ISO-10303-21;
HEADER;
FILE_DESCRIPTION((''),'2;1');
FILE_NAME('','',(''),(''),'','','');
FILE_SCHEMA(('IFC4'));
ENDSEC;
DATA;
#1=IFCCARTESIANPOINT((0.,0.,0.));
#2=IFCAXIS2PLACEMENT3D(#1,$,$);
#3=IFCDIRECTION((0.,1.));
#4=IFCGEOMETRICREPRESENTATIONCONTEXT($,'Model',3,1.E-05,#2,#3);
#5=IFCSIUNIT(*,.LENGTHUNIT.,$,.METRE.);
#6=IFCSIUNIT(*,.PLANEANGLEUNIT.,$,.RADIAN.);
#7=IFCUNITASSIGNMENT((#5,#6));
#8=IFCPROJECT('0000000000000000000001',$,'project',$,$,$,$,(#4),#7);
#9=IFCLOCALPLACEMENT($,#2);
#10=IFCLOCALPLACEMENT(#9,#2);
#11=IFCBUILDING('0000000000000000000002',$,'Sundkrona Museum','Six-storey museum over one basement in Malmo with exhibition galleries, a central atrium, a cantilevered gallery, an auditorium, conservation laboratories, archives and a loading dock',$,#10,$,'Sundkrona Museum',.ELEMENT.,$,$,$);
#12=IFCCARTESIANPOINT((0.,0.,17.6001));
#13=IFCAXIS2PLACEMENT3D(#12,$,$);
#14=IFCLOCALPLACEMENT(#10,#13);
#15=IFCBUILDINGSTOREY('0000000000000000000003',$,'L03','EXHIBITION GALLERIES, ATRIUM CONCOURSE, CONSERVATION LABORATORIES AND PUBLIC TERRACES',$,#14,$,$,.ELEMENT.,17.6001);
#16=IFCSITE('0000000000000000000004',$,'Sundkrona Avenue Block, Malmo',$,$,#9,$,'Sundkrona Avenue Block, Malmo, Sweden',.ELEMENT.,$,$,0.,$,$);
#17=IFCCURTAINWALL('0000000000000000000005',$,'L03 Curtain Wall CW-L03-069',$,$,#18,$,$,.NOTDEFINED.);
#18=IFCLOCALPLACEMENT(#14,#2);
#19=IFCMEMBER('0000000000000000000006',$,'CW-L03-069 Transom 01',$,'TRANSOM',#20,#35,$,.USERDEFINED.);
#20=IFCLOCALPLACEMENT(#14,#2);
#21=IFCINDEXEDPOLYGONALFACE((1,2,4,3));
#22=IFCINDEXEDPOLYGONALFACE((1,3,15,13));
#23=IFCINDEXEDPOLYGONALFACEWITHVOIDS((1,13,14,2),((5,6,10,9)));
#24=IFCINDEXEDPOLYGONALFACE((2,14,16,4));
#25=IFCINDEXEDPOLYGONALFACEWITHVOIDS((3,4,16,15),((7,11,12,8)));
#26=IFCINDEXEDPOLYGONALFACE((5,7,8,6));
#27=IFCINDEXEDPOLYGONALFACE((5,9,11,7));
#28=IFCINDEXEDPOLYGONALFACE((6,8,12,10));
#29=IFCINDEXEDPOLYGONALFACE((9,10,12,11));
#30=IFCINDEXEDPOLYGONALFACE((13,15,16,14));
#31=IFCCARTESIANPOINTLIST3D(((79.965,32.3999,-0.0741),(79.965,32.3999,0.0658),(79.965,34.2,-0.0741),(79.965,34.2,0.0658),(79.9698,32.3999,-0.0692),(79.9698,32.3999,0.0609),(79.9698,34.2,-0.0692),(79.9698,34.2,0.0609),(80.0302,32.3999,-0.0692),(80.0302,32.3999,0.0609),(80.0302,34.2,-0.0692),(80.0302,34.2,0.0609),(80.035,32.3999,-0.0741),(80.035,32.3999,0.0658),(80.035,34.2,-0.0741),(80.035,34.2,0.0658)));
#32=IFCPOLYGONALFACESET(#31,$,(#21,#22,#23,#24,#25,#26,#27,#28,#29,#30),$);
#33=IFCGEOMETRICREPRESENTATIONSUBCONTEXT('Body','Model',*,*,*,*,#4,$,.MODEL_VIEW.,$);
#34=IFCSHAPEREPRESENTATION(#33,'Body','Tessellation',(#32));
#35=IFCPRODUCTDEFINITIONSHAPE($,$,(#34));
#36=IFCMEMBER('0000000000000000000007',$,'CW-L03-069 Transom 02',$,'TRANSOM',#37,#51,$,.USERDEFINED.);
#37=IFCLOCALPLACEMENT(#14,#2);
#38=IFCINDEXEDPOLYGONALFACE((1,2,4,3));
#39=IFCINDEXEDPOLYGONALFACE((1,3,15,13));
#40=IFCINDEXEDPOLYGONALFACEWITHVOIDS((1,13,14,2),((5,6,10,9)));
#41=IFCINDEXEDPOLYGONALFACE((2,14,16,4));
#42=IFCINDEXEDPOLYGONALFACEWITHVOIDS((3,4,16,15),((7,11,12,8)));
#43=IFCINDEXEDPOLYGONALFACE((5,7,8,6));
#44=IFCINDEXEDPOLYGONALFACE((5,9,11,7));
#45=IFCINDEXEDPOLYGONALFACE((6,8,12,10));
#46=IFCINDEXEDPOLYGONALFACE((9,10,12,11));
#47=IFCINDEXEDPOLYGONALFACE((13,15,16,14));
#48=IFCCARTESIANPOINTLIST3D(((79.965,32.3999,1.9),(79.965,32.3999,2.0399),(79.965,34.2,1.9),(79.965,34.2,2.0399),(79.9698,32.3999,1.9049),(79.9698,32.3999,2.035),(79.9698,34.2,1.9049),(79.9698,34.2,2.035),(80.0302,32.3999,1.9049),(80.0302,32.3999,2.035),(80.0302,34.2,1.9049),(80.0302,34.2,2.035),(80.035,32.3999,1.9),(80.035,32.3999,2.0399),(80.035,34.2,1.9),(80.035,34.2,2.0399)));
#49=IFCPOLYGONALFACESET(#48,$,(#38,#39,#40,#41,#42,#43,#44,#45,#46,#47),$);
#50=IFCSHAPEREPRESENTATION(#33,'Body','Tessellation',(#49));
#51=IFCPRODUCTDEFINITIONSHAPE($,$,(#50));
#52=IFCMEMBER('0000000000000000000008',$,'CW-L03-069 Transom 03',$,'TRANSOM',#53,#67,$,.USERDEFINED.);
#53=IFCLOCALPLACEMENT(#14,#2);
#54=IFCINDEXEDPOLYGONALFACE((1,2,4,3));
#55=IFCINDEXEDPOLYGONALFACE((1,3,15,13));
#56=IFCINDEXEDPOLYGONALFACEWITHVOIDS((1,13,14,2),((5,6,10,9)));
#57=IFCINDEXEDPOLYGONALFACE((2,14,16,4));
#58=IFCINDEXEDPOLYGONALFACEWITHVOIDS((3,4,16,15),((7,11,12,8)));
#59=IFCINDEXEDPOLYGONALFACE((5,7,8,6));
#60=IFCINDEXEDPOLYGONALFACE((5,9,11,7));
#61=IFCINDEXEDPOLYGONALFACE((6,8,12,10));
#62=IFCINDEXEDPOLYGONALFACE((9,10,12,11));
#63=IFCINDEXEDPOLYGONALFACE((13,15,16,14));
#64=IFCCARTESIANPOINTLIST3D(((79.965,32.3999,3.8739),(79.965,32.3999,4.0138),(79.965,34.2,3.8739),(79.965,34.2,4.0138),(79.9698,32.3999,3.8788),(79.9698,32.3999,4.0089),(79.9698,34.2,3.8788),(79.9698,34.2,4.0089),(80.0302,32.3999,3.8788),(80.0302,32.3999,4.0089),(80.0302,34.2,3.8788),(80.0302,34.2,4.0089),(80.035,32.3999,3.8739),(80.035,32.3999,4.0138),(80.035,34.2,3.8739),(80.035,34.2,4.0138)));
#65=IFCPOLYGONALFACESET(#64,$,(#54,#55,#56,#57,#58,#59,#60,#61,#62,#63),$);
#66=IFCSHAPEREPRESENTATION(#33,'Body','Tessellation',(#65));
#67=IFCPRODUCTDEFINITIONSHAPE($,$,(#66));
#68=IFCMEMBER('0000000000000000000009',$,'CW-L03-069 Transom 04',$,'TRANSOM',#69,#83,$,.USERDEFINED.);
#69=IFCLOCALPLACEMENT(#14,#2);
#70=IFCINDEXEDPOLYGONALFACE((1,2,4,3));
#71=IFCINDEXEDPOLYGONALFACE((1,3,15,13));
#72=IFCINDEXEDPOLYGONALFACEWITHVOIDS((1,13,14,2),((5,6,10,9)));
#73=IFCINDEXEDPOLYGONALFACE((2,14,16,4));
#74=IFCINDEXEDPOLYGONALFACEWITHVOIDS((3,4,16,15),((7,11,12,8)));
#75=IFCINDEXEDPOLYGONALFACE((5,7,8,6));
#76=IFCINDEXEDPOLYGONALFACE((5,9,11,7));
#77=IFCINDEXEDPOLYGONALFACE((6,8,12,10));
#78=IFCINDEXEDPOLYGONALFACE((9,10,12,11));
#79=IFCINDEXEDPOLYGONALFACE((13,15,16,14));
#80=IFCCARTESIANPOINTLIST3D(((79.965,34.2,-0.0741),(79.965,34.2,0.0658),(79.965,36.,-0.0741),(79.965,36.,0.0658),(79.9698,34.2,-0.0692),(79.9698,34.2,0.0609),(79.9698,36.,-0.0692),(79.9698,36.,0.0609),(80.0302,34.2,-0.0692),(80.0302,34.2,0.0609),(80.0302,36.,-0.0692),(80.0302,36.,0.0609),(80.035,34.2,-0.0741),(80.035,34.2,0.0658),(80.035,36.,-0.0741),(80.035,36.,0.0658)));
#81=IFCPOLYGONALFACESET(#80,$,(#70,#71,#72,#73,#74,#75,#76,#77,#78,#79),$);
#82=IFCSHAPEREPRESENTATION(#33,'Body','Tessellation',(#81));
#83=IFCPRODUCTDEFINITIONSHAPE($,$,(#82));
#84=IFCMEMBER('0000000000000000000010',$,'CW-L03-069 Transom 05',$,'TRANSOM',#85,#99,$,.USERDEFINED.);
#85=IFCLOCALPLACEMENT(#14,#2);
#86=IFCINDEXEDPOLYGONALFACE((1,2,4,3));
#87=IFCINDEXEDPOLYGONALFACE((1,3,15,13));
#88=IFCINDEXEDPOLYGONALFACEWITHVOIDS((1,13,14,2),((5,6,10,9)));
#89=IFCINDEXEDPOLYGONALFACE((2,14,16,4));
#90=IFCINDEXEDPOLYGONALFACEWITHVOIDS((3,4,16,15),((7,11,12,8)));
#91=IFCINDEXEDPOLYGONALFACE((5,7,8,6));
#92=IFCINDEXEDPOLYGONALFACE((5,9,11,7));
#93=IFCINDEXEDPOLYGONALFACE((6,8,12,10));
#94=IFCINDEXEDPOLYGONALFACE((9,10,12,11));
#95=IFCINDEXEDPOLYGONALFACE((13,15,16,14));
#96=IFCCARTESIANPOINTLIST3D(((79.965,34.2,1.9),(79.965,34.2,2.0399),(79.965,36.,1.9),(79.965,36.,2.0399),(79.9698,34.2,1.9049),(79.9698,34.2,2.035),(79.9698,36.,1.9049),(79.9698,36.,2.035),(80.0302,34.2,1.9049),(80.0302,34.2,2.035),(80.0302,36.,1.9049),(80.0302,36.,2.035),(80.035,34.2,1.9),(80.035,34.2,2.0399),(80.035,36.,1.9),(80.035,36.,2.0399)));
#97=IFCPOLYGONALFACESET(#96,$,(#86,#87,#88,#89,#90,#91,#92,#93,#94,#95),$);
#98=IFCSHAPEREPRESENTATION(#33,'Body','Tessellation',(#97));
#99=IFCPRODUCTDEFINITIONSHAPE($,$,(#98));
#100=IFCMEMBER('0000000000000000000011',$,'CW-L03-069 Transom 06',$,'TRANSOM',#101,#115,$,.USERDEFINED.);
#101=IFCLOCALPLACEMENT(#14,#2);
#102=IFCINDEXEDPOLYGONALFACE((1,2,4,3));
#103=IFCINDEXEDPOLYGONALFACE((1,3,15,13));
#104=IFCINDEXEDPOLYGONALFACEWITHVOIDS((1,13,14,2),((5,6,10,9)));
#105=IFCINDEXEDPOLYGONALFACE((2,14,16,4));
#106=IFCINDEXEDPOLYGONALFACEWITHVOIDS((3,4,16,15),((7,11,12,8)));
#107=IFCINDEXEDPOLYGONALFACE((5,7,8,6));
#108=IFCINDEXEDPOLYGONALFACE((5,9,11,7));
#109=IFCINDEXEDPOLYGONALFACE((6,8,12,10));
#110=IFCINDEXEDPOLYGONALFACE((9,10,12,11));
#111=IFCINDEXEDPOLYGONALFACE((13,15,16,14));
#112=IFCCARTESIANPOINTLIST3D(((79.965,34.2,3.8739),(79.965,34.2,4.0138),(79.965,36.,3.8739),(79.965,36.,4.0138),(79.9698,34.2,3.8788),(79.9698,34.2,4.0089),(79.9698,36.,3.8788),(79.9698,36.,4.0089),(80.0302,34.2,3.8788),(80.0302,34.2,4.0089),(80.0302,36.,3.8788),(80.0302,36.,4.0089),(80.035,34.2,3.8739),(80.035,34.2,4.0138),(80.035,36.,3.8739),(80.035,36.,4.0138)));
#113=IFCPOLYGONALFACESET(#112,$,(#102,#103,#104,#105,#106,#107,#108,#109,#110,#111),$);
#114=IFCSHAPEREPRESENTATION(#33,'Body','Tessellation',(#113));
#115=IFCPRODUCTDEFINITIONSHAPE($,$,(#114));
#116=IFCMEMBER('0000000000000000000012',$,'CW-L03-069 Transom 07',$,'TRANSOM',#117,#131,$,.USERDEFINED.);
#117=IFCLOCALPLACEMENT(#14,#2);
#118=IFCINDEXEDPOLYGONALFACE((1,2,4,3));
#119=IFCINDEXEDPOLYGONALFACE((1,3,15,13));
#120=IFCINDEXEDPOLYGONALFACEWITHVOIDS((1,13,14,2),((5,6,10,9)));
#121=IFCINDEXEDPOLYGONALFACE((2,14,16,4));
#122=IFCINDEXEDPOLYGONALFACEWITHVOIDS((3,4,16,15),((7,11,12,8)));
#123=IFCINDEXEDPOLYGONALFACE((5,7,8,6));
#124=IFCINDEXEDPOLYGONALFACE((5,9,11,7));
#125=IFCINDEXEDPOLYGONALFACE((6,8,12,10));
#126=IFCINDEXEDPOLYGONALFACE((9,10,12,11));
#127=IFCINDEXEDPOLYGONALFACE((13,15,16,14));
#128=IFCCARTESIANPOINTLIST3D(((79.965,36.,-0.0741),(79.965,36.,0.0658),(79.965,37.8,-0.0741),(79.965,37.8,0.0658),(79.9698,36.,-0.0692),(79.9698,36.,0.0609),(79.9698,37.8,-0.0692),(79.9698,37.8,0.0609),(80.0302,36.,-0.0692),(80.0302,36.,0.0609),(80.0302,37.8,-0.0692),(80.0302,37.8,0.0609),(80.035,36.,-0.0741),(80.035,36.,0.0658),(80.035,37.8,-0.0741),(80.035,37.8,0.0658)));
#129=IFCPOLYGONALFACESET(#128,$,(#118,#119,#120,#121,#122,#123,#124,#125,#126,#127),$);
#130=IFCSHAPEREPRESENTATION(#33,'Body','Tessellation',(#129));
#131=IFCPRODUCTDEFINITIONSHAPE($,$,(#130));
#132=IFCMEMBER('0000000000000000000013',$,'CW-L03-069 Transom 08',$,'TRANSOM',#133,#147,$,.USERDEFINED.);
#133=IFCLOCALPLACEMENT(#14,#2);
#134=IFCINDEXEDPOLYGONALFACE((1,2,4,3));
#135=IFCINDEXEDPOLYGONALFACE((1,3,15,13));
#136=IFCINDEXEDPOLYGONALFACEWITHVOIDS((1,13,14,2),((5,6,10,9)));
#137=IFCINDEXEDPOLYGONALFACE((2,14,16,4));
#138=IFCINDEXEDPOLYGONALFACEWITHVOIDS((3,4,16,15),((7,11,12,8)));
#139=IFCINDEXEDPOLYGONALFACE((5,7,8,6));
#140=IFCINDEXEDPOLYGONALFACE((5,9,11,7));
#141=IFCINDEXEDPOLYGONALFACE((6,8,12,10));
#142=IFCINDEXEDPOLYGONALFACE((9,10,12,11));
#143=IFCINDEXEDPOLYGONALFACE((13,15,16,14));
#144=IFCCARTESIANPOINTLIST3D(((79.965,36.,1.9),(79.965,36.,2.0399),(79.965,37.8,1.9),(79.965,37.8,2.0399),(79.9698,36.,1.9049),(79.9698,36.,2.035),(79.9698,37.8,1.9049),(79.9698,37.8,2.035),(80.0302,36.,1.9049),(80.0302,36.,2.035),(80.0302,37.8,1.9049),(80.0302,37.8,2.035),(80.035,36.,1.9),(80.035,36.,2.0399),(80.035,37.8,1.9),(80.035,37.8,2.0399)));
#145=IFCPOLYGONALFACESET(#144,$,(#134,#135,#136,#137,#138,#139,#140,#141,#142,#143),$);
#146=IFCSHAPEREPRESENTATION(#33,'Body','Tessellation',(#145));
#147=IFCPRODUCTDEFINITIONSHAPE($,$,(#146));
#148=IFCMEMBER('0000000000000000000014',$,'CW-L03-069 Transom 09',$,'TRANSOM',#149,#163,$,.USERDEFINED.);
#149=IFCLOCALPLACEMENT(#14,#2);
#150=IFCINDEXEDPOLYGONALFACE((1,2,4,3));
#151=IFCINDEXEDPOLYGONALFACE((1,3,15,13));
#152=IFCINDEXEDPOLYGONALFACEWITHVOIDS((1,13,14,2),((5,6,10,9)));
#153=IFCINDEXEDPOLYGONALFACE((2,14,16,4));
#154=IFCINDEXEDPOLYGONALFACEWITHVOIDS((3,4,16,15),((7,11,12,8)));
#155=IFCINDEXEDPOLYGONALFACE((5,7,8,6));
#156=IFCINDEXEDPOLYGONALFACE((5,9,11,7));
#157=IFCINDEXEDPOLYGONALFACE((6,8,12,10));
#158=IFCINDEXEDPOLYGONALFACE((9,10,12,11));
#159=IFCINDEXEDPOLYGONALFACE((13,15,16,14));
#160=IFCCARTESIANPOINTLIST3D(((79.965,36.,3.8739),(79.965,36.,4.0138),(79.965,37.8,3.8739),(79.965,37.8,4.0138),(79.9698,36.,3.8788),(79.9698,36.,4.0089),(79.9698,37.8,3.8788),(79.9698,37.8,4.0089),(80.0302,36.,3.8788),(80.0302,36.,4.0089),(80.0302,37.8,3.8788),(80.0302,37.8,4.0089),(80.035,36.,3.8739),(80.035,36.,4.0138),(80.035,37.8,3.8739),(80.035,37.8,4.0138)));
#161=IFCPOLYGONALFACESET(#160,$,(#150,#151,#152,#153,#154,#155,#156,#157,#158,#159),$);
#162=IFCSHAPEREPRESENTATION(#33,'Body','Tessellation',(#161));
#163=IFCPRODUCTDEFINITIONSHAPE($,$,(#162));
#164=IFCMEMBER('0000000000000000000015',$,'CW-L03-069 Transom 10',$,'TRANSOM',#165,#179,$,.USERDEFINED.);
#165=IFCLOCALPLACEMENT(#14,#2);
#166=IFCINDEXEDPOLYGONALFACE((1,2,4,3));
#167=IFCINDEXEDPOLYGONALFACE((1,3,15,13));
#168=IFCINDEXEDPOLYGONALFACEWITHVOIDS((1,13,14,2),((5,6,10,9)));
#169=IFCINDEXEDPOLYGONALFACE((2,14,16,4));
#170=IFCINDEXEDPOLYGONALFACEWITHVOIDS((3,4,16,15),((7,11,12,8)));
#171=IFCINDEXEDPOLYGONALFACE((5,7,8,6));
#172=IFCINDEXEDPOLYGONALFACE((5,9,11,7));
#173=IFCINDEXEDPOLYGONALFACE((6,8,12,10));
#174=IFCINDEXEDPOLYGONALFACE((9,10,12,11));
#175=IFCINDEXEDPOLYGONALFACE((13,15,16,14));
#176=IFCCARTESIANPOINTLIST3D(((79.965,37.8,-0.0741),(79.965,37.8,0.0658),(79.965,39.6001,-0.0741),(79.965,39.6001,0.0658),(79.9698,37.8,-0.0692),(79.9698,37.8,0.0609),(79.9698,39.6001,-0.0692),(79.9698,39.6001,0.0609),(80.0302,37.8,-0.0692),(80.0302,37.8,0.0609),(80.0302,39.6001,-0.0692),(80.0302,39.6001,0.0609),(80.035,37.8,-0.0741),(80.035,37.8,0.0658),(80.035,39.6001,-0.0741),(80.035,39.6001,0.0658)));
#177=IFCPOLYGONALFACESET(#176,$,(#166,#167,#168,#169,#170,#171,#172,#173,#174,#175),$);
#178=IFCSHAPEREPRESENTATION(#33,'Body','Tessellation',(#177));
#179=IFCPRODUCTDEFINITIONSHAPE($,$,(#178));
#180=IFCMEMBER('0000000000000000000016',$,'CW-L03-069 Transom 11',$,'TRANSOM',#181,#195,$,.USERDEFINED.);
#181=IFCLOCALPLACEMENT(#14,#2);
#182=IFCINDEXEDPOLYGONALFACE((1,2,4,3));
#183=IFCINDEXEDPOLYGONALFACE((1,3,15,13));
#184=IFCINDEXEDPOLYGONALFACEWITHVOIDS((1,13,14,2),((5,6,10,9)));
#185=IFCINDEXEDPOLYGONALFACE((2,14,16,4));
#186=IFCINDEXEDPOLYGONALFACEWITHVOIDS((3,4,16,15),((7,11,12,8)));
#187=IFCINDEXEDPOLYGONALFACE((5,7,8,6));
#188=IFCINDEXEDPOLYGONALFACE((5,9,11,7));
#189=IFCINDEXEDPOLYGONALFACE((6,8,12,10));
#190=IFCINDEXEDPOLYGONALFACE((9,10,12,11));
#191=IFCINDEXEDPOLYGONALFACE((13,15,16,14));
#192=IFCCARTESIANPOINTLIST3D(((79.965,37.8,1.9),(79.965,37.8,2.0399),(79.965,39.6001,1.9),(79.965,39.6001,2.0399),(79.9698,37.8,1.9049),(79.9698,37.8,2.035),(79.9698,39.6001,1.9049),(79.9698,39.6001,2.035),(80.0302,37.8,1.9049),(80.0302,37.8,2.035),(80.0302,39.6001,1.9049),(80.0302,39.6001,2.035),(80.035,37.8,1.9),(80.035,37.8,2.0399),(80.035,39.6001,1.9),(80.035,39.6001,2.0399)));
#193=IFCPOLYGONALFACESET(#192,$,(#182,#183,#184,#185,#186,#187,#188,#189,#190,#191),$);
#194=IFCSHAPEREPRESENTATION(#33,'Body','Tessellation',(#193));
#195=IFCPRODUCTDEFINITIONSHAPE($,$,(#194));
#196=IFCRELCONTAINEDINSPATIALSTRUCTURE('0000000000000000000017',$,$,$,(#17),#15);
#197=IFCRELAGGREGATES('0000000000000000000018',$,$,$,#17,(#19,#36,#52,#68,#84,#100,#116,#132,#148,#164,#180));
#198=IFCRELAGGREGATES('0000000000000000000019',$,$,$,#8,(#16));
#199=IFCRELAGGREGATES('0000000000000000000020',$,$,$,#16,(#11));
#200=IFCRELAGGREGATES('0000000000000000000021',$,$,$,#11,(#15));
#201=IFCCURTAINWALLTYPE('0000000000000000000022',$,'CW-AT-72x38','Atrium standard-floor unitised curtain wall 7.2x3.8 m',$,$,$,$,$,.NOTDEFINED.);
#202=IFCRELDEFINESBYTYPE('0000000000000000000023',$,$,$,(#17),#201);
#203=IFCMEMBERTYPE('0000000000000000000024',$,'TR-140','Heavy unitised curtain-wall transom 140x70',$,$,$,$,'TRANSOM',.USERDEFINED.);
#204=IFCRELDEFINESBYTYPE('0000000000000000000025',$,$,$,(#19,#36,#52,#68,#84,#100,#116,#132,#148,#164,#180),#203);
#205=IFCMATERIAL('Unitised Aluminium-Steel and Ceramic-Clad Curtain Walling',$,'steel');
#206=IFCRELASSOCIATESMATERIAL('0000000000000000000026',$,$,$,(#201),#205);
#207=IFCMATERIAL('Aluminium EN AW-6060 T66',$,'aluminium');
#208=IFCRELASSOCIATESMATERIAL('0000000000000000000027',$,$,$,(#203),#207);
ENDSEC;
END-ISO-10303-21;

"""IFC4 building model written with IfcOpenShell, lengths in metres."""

from ifc_helpers import new_model, si_unit, direction, frame, origin, origin_2d, place, context, subcontext, project, spatial, hollow_rectangle, extrude, material, material_profile, profile_set, type_object, element, aggregate, save


model = new_model("IFC4")

# Units and contexts
model_context = context("Model", 3, precision=1e-05, world=origin(), true_north=direction((0.0, 1.0)))
body_context = subcontext(model_context, "Body", "Model", "MODEL_VIEW")
ifc_project = project(units=[si_unit("LENGTHUNIT", "METRE"), si_unit("PLANEANGLEUNIT", "RADIAN")], contexts=[model_context])

# Site, building, storey
site_placement = place(None, origin())
site = spatial("IfcSite", under=ifc_project, at=site_placement, Name="Sundkrona Avenue Block, Malmo", LongName="Sundkrona Avenue Block, Malmo, Sweden", CompositionType="ELEMENT", RefElevation=0.0)
building_placement = place(site_placement, origin())
building = spatial("IfcBuilding", under=site, at=building_placement, Name="Sundkrona Museum", Description="Six-storey museum over one basement in Malmo with exhibition galleries, a central atrium, a cantilevered gallery, an auditorium, conservation laboratories, archives and a loading dock", LongName="Sundkrona Museum", CompositionType="ELEMENT")
storey_placement = place(building_placement, frame((0.0, 0.0, 17.6001)))
storey = spatial("IfcBuildingStorey", under=building, at=storey_placement, Name="L03", Description="EXHIBITION GALLERIES, ATRIUM CONCOURSE, CONSERVATION LABORATORIES AND PUBLIC TERRACES", CompositionType="ELEMENT", Elevation=17.6001)

# Curtain wall
ifc_material_1 = material(Name="Unitised Aluminium-Steel and Ceramic-Clad Curtain Walling", Category="steel")
curtain_wall_type = type_object("IfcCurtainWallType", Name="CW-AT-72x38", Description="Atrium standard-floor unitised curtain wall 7.2x3.8 m", PredefinedType="NOTDEFINED", material=ifc_material_1)
curtain_wall_placement = place(storey_placement, origin())
curtain_wall = element("IfcCurtainWall", 1, at=curtain_wall_placement, inside=storey, type_object=curtain_wall_type, Name="L03 Curtain Wall CW-L03-069", PredefinedType="NOTDEFINED")
ifc_material_2 = material(Name="Aluminium EN AW-6060 T66", Category="aluminium")

# Members
ifc_material_profile_1 = material_profile(ifc_material_2, hollow_rectangle(XDim=0.0701, YDim=0.1399, WallThickness=0.0049, at=origin_2d()), Name="RHS 140x70x5.0")
ifc_profile_set_1 = profile_set([ifc_material_profile_1], Name="Aluminium EN AW-6060 T66")
member_type_1 = type_object("IfcMemberType", Name="TR-140", Description="Heavy unitised curtain-wall transom 140x70", ElementType="TRANSOM", PredefinedType="USERDEFINED", material=ifc_profile_set_1)
member_1_placement = place(storey_placement, frame((80.0, 32.3999, -0.0042), z_axis=(0.0, 1.0, 0.0), x_axis=(-1.0, 0.0, 0.0)))
member_1 = element("IfcMember", 2, at=member_1_placement, type_object=member_type_1, Name="CW-L03-069 Transom 01", ObjectType="TRANSOM", PredefinedType="USERDEFINED", context=body_context, shape_type="SweptSolid", body=[
    extrude(hollow_rectangle(XDim=0.0701, YDim=0.1399, WallThickness=0.0049, at=origin_2d()), origin(), (0.0, 0.0, 1.0), 1.8),
])
member_2_placement = place(storey_placement, frame((80.0, 32.3999, 1.97), z_axis=(0.0, 1.0, 0.0), x_axis=(-1.0, 0.0, 0.0)))
member_2 = element("IfcMember", 3, at=member_2_placement, type_object=member_type_1, Name="CW-L03-069 Transom 02", ObjectType="TRANSOM", PredefinedType="USERDEFINED", context=body_context, shape_type="SweptSolid", body=[
    extrude(hollow_rectangle(XDim=0.0701, YDim=0.1399, WallThickness=0.0049, at=origin_2d()), origin(), (0.0, 0.0, 1.0), 1.8),
])
member_3_placement = place(storey_placement, frame((80.0, 32.3999, 3.9438), z_axis=(0.0, 1.0, 0.0), x_axis=(-1.0, 0.0, 0.0)))
member_3 = element("IfcMember", 4, at=member_3_placement, type_object=member_type_1, Name="CW-L03-069 Transom 03", ObjectType="TRANSOM", PredefinedType="USERDEFINED", context=body_context, shape_type="SweptSolid", body=[
    extrude(hollow_rectangle(XDim=0.0701, YDim=0.1399, WallThickness=0.0049, at=origin_2d()), origin(), (0.0, 0.0, 1.0), 1.8),
])
member_4_placement = place(storey_placement, frame((80.0, 34.2, -0.0042), z_axis=(0.0, 1.0, 0.0), x_axis=(-1.0, 0.0, 0.0)))
member_4 = element("IfcMember", 5, at=member_4_placement, type_object=member_type_1, Name="CW-L03-069 Transom 04", ObjectType="TRANSOM", PredefinedType="USERDEFINED", context=body_context, shape_type="SweptSolid", body=[
    extrude(hollow_rectangle(XDim=0.0701, YDim=0.1399, WallThickness=0.0049, at=origin_2d()), origin(), (0.0, 0.0, 1.0), 1.8),
])
member_5_placement = place(storey_placement, frame((80.0, 34.2, 1.97), z_axis=(0.0, 1.0, 0.0), x_axis=(-1.0, 0.0, 0.0)))
member_5 = element("IfcMember", 6, at=member_5_placement, type_object=member_type_1, Name="CW-L03-069 Transom 05", ObjectType="TRANSOM", PredefinedType="USERDEFINED", context=body_context, shape_type="SweptSolid", body=[
    extrude(hollow_rectangle(XDim=0.0701, YDim=0.1399, WallThickness=0.0049, at=origin_2d()), origin(), (0.0, 0.0, 1.0), 1.8),
])
member_6_placement = place(storey_placement, frame((80.0, 34.2, 3.9438), z_axis=(0.0, 1.0, 0.0), x_axis=(-1.0, 0.0, 0.0)))
member_6 = element("IfcMember", 7, at=member_6_placement, type_object=member_type_1, Name="CW-L03-069 Transom 06", ObjectType="TRANSOM", PredefinedType="USERDEFINED", context=body_context, shape_type="SweptSolid", body=[
    extrude(hollow_rectangle(XDim=0.0701, YDim=0.1399, WallThickness=0.0049, at=origin_2d()), origin(), (0.0, 0.0, 1.0), 1.8),
])
member_7_placement = place(storey_placement, frame((80.0, 36.0, -0.0042), z_axis=(0.0, 1.0, 0.0), x_axis=(-1.0, 0.0, 0.0)))
member_7 = element("IfcMember", 8, at=member_7_placement, type_object=member_type_1, Name="CW-L03-069 Transom 07", ObjectType="TRANSOM", PredefinedType="USERDEFINED", context=body_context, shape_type="SweptSolid", body=[
    extrude(hollow_rectangle(XDim=0.0701, YDim=0.1399, WallThickness=0.0049, at=origin_2d()), origin(), (0.0, 0.0, 1.0), 1.8),
])
member_8_placement = place(storey_placement, frame((80.0, 36.0, 1.97), z_axis=(0.0, 1.0, 0.0), x_axis=(-1.0, 0.0, 0.0)))
member_8 = element("IfcMember", 9, at=member_8_placement, type_object=member_type_1, Name="CW-L03-069 Transom 08", ObjectType="TRANSOM", PredefinedType="USERDEFINED", context=body_context, shape_type="SweptSolid", body=[
    extrude(hollow_rectangle(XDim=0.0701, YDim=0.1399, WallThickness=0.0049, at=origin_2d()), origin(), (0.0, 0.0, 1.0), 1.8),
])
member_9_placement = place(storey_placement, frame((80.0, 36.0, 3.9438), z_axis=(0.0, 1.0, 0.0), x_axis=(-1.0, 0.0, 0.0)))
member_9 = element("IfcMember", 10, at=member_9_placement, type_object=member_type_1, Name="CW-L03-069 Transom 09", ObjectType="TRANSOM", PredefinedType="USERDEFINED", context=body_context, shape_type="SweptSolid", body=[
    extrude(hollow_rectangle(XDim=0.0701, YDim=0.1399, WallThickness=0.0049, at=origin_2d()), origin(), (0.0, 0.0, 1.0), 1.8),
])
member_10_placement = place(storey_placement, frame((80.0, 37.8, -0.0042), z_axis=(0.0, 1.0, 0.0), x_axis=(-1.0, 0.0, 0.0)))
member_10 = element("IfcMember", 11, at=member_10_placement, type_object=member_type_1, Name="CW-L03-069 Transom 10", ObjectType="TRANSOM", PredefinedType="USERDEFINED", context=body_context, shape_type="SweptSolid", body=[
    extrude(hollow_rectangle(XDim=0.0701, YDim=0.1399, WallThickness=0.0049, at=origin_2d()), origin(), (0.0, 0.0, 1.0), 1.8),
])
member_11_placement = place(storey_placement, frame((80.0, 37.8, 1.97), z_axis=(0.0, 1.0, 0.0), x_axis=(-1.0, 0.0, 0.0)))
member_11 = element("IfcMember", 12, at=member_11_placement, type_object=member_type_1, Name="CW-L03-069 Transom 11", ObjectType="TRANSOM", PredefinedType="USERDEFINED", context=body_context, shape_type="SweptSolid", body=[
    extrude(hollow_rectangle(XDim=0.0701, YDim=0.1399, WallThickness=0.0049, at=origin_2d()), origin(), (0.0, 0.0, 1.0), 1.8),
])

aggregate(curtain_wall, [member_1, member_2, member_3, member_4, member_5, member_6, member_7, member_8, member_9, member_10, member_11])

save(model, "model.ifc")
